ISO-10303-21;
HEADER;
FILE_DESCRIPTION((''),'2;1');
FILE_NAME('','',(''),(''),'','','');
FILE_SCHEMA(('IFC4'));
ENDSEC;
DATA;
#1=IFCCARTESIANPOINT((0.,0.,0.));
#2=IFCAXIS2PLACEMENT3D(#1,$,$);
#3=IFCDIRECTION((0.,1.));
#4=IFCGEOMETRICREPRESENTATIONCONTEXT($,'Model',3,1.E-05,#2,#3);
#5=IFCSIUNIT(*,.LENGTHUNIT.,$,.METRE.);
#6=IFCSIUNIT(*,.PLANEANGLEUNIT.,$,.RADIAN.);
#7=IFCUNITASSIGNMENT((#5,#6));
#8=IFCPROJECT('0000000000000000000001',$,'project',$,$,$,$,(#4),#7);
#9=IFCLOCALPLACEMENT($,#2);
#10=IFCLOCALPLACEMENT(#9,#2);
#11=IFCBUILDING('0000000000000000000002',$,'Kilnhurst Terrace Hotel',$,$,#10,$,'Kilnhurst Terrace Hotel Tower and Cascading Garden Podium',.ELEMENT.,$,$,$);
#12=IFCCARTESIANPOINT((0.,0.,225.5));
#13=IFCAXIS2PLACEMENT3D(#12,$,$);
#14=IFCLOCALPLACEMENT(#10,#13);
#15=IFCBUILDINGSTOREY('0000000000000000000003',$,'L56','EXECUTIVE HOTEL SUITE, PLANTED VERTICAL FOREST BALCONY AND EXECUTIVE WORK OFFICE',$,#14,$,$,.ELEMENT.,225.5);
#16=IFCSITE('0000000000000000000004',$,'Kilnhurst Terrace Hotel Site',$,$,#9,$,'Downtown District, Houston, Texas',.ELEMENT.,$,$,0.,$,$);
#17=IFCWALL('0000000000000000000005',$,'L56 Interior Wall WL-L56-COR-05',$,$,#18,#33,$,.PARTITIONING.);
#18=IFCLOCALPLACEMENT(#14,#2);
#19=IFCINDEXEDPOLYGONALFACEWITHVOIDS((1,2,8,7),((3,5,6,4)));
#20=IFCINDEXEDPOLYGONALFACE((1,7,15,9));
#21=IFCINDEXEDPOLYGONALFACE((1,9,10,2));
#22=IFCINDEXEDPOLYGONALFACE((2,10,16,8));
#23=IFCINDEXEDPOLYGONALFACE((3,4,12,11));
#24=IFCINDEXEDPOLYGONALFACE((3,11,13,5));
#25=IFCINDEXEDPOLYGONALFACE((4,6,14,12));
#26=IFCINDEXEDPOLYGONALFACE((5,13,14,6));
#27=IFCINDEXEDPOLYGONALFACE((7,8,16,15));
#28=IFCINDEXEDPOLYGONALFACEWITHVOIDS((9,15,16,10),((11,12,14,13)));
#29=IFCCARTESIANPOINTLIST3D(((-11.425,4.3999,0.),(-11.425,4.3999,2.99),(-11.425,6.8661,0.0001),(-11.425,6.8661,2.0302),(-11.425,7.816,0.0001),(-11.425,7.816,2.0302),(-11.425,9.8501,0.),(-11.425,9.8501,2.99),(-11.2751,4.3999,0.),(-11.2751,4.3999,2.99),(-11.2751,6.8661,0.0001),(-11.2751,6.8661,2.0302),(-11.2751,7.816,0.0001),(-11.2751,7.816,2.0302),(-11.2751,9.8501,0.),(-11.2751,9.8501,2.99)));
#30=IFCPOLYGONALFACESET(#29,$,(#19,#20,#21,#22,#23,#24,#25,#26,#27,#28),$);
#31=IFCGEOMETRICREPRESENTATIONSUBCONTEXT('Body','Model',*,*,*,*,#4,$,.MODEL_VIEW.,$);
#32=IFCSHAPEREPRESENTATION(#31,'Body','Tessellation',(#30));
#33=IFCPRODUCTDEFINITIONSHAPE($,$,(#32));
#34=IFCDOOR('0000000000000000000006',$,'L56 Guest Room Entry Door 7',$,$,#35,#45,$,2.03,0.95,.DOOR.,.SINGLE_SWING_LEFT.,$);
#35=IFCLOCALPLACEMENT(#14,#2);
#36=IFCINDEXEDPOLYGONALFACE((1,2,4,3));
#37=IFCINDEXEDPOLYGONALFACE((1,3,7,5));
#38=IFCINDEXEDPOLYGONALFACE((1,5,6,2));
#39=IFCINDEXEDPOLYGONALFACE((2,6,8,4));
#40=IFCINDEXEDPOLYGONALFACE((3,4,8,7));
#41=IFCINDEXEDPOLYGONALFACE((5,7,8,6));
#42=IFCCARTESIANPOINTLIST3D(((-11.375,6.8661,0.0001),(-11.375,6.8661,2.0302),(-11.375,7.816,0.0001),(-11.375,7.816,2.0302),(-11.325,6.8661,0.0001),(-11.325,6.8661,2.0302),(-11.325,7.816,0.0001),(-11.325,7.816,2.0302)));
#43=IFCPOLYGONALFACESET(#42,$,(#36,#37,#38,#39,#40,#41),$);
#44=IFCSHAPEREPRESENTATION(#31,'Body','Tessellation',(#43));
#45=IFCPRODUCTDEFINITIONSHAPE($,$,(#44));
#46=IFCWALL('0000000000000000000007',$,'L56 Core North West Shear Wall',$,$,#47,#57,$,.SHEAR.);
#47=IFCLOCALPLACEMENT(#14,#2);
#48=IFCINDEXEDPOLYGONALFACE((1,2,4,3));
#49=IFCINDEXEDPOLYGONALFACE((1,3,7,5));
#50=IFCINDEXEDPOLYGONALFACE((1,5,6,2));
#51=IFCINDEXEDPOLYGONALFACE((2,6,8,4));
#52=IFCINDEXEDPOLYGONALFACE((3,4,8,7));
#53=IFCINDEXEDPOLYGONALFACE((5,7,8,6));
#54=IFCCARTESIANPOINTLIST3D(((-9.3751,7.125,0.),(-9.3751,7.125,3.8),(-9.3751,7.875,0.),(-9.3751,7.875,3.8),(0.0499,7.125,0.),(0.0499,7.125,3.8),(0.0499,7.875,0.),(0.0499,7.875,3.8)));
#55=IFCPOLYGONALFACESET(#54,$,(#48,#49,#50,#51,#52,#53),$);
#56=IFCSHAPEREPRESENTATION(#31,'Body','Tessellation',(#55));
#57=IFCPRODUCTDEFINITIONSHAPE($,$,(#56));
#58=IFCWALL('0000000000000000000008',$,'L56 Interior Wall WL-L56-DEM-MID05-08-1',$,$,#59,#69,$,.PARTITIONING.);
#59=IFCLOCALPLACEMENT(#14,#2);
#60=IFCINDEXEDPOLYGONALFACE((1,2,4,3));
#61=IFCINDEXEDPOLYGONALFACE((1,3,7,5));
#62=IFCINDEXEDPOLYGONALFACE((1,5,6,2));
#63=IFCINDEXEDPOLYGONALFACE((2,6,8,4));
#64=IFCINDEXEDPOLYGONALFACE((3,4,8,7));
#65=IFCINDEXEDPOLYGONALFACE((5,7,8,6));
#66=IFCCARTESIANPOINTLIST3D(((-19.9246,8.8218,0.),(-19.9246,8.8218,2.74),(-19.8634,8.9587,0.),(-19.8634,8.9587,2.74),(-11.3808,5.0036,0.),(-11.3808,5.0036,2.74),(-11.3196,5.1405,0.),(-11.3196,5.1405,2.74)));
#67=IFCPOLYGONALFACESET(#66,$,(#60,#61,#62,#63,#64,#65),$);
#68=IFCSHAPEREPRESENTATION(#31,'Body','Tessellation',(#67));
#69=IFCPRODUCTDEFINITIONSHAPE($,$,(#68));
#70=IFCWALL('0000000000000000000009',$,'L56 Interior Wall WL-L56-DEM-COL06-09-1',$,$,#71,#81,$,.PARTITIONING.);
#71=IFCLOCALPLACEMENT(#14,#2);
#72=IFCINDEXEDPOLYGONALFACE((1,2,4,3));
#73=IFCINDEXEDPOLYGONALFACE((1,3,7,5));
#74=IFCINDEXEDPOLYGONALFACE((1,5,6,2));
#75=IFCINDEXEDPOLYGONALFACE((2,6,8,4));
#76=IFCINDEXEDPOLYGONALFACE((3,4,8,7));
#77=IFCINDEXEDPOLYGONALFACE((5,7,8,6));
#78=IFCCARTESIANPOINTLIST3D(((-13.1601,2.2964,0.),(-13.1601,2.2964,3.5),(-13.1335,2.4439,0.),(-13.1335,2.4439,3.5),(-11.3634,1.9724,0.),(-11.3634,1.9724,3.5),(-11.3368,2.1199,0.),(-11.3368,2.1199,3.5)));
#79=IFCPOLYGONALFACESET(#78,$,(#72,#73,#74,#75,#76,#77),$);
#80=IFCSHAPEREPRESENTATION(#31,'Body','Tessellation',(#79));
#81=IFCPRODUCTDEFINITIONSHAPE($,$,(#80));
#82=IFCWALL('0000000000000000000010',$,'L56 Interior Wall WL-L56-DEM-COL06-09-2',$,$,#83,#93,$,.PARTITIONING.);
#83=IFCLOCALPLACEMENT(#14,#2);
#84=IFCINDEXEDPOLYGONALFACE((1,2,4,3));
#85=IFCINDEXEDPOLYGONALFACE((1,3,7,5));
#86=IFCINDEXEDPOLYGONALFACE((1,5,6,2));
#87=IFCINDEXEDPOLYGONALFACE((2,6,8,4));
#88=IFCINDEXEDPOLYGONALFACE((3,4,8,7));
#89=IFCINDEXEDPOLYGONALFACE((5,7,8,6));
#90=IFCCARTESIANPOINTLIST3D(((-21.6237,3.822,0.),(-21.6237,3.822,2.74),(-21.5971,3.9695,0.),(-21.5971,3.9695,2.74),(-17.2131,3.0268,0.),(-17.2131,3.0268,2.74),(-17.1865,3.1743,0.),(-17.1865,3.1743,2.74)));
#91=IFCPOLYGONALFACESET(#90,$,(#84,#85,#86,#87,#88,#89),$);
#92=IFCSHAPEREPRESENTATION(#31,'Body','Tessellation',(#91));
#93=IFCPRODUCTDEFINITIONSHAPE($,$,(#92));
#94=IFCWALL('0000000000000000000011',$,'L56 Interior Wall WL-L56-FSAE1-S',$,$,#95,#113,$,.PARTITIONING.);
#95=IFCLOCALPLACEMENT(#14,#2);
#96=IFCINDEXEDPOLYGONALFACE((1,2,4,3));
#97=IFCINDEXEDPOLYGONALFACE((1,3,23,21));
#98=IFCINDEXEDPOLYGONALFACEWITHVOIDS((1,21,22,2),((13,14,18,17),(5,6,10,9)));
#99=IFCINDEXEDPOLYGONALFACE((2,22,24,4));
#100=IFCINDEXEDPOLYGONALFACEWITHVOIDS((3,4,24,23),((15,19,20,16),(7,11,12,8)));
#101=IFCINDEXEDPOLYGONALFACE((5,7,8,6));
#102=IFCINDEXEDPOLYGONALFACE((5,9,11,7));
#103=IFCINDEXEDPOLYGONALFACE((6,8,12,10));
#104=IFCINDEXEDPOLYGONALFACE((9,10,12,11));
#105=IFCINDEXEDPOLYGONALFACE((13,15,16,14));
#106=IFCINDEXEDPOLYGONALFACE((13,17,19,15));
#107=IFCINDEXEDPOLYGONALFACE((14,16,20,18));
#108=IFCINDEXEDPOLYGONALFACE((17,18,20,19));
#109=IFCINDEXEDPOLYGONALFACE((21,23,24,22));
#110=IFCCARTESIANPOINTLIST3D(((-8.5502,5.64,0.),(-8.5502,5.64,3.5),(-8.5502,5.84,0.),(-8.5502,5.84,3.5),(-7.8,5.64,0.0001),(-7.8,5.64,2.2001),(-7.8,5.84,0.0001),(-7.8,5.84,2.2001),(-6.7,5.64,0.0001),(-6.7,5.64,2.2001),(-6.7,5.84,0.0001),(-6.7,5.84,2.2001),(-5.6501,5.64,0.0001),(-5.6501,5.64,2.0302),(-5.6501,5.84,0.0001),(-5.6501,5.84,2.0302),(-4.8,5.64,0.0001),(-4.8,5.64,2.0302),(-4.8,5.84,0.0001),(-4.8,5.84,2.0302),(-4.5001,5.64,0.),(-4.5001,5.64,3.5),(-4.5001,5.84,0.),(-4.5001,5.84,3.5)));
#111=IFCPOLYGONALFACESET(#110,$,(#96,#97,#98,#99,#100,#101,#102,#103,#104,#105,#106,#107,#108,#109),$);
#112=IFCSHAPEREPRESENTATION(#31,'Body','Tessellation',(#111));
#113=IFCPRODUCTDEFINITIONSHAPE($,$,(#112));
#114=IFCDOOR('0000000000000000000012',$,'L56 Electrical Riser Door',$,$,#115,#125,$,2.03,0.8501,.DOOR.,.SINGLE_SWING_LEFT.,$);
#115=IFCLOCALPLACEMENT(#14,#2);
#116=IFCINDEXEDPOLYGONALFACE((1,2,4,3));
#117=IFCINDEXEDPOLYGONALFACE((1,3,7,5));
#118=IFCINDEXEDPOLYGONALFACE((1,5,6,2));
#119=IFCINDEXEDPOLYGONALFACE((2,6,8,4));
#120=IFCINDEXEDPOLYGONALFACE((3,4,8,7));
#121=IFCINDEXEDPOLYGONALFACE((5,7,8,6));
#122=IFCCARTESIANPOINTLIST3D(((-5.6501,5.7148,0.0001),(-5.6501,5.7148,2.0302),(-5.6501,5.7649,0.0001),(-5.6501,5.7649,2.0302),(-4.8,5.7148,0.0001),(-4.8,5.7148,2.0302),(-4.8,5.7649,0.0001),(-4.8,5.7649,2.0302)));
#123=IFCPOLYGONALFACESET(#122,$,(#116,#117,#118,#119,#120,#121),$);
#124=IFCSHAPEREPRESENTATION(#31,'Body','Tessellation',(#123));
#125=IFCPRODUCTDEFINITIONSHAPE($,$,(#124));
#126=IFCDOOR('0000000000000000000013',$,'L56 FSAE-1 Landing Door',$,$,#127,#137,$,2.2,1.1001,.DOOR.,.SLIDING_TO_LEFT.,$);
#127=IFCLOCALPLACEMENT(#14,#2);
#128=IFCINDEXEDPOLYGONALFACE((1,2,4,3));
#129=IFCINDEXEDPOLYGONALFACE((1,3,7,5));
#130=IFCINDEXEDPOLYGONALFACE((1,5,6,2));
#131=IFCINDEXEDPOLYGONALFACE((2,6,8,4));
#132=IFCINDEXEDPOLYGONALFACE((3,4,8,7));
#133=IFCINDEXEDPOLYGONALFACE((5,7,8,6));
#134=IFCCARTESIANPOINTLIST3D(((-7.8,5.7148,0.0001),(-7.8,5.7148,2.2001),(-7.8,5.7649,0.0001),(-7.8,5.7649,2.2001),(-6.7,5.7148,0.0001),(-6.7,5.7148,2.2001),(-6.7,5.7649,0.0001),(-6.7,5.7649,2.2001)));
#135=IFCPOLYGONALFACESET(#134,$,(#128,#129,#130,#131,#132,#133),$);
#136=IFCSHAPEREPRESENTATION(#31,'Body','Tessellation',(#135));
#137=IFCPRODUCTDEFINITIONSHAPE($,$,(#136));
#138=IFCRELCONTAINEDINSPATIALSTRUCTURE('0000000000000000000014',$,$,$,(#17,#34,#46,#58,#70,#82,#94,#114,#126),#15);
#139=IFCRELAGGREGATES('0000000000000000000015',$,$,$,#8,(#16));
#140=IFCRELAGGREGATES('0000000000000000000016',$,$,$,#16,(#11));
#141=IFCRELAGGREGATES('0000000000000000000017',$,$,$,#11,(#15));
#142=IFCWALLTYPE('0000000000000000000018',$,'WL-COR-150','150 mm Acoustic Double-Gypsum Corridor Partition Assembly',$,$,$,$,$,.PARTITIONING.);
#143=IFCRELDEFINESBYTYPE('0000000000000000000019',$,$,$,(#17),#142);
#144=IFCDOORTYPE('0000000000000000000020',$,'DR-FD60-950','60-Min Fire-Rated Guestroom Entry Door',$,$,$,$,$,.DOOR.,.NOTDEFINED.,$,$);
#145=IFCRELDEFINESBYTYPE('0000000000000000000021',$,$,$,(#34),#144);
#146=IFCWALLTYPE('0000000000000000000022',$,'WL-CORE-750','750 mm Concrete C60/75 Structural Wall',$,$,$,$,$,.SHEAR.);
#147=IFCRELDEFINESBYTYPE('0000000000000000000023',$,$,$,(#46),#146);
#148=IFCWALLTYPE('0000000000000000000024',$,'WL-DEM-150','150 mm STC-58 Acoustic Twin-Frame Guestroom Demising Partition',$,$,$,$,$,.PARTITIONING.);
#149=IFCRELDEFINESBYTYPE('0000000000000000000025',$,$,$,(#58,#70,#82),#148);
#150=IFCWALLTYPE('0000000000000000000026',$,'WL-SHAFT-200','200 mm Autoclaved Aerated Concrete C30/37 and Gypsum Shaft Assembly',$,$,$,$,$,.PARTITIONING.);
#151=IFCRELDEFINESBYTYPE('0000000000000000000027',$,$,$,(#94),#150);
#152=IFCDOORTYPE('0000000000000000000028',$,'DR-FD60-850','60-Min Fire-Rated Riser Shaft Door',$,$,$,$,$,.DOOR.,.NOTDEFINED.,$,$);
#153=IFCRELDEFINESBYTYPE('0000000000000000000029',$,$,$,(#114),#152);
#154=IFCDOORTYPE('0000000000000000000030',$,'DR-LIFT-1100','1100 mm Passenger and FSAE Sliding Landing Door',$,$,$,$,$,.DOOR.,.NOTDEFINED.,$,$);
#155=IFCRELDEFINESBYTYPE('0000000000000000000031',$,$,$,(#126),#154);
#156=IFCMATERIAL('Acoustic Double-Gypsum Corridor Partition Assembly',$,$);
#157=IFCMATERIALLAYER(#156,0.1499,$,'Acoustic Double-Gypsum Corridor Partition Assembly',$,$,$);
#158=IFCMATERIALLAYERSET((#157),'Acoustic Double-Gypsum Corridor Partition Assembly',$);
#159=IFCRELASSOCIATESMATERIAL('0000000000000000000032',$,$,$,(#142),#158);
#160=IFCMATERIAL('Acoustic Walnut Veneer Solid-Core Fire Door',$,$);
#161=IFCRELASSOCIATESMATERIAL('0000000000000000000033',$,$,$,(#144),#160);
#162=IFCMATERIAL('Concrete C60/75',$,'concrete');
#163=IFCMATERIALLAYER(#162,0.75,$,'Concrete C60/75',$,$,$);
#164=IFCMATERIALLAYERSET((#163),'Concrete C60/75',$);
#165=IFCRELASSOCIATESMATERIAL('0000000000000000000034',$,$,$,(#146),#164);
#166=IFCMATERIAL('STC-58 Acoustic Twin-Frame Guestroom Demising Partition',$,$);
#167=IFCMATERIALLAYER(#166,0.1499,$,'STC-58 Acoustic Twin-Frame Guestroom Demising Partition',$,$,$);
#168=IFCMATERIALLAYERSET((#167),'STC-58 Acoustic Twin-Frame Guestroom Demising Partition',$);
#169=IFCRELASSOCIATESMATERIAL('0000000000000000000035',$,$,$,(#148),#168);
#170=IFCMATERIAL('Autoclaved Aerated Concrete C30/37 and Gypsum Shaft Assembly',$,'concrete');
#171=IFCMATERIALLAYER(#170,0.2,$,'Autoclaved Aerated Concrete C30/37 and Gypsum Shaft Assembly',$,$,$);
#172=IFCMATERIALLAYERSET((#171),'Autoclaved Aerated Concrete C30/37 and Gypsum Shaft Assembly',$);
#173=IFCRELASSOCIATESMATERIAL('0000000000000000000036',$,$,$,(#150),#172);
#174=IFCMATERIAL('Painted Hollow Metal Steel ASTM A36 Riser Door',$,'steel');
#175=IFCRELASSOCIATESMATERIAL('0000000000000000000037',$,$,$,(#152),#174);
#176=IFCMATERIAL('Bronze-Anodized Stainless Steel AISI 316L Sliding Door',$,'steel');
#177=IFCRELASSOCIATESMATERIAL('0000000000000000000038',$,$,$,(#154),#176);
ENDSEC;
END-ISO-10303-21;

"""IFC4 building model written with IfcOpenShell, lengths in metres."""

from ifc_helpers import new_model, si_unit, direction, frame, frame_2d, origin, place, context, subcontext, project, spatial, rectangle, extrude, material, layer, layer_set, type_object, element, fill, save


model = new_model("IFC4")

# Units and contexts
model_context = context("Model", 3, precision=1e-05, world=origin(), true_north=direction((0.0, 1.0)))
body_context = subcontext(model_context, "Body", "Model", "MODEL_VIEW")
ifc_project = project(units=[si_unit("LENGTHUNIT", "METRE"), si_unit("PLANEANGLEUNIT", "RADIAN")], contexts=[model_context])

# Site, building, storey
site_placement = place(None, origin())
site = spatial("IfcSite", under=ifc_project, at=site_placement, Name="Kilnhurst Terrace Hotel Site", LongName="Downtown District, Houston, Texas", CompositionType="ELEMENT", RefElevation=0.0)
building_placement = place(site_placement, origin())
building = spatial("IfcBuilding", under=site, at=building_placement, Name="Kilnhurst Terrace Hotel", LongName="Kilnhurst Terrace Hotel Tower and Cascading Garden Podium", CompositionType="ELEMENT")
storey_placement = place(building_placement, frame((0.0, 0.0, 225.5)))
storey = spatial("IfcBuildingStorey", under=building, at=storey_placement, Name="L56", Description="EXECUTIVE HOTEL SUITE, PLANTED VERTICAL FOREST BALCONY AND EXECUTIVE WORK OFFICE", CompositionType="ELEMENT", Elevation=225.5)

# Shared definitions
ifc_material_1 = material(Name="Concrete C60/75", Category="concrete")

# Shared definitions
ifc_material_2 = material(Name="Acoustic Double-Gypsum Corridor Partition Assembly")
ifc_layer_1 = layer(ifc_material_2, 0.1499, Name="Acoustic Double-Gypsum Corridor Partition Assembly")
ifc_layer_set_1 = layer_set([ifc_layer_1], Name="Acoustic Double-Gypsum Corridor Partition Assembly")
wall_type_1 = type_object("IfcWallType", Name="WL-COR-150", Description="150 mm Acoustic Double-Gypsum Corridor Partition Assembly", PredefinedType="PARTITIONING", material=ifc_layer_set_1)

# Wall, opening, door
wall_1_placement = place(storey_placement, frame((-11.3501, 4.3999, 0.0), z_axis=(0.0, 0.0, 1.0), x_axis=(0.0, 1.0, 0.0)))
wall_1 = element("IfcWall", 1, at=wall_1_placement, inside=storey, type_object=wall_type_1, Name="L56 Interior Wall WL-L56-COR-05", PredefinedType="PARTITIONING", context=body_context, shape_type="SweptSolid", body=[
    extrude(rectangle(XDim=5.4502, YDim=0.1499, at=frame_2d((2.7251, 0.0))), origin(), (0.0, 0.0, 1.0), 2.99),
])
opening_1_placement = place(wall_1_placement, frame((2.4661, 0.0, 0.0)))
opening_1 = element("IfcOpeningElement", 2, at=opening_1_placement, cuts=wall_1, PredefinedType="OPENING", context=body_context, shape_type="SweptSolid", body=[
    extrude(rectangle(XDim=0.95, YDim=2.03, at=frame_2d((0.4751, 1.0151))), frame((0.0, 0.085, 0.0), z_axis=(0.0, -1.0, 0.0), x_axis=(1.0, 0.0, 0.0)), (0.0, 0.0, 1.0), 0.1699),
])
ifc_material_3 = material(Name="Acoustic Walnut Veneer Solid-Core Fire Door")
door_type_1 = type_object("IfcDoorType", Name="DR-FD60-950", Description="60-Min Fire-Rated Guestroom Entry Door", OperationType="NOTDEFINED", PredefinedType="DOOR", material=ifc_material_3)
door_1_placement = place(opening_1_placement, origin())
door_1 = element("IfcDoor", 3, at=door_1_placement, inside=storey, type_object=door_type_1, Name="L56 Guest Room Entry Door 7", OperationType="SINGLE_SWING_LEFT", OverallHeight=2.03, OverallWidth=0.95, PredefinedType="DOOR", context=body_context, shape_type="SweptSolid", body=[
    extrude(rectangle(XDim=0.95, YDim=2.03, at=frame_2d((0.4751, 1.0151))), frame((0.0, 0.0249, 0.0), z_axis=(0.0, -1.0, 0.0), x_axis=(1.0, 0.0, 0.0)), (0.0, 0.0, 1.0), 0.05),
])
fill(opening_1, door_1)

# Walls
ifc_layer_2 = layer(ifc_material_1, 0.75, Name="Concrete C60/75")
ifc_layer_set_2 = layer_set([ifc_layer_2], Name="Concrete C60/75")
wall_type_2 = type_object("IfcWallType", Name="WL-CORE-750", Description="750 mm Concrete C60/75 Structural Wall", PredefinedType="SHEAR", material=ifc_layer_set_2)
wall_2_placement = place(storey_placement, frame((-9.375, 7.5, 0.0), z_axis=(0.0, 0.0, 1.0), x_axis=(1.0, 0.0, 0.0)))
element("IfcWall", 4, at=wall_2_placement, inside=storey, type_object=wall_type_2, Name="L56 Core North West Shear Wall", PredefinedType="SHEAR", context=body_context, shape_type="SweptSolid", body=[
    extrude(rectangle(XDim=9.425, YDim=0.75, at=frame_2d((4.7124, 0.0))), origin(), (0.0, 0.0, 1.0), 3.8),
])
ifc_material_4 = material(Name="STC-58 Acoustic Twin-Frame Guestroom Demising Partition")
ifc_layer_3 = layer(ifc_material_4, 0.1499, Name="STC-58 Acoustic Twin-Frame Guestroom Demising Partition")
ifc_layer_set_3 = layer_set([ifc_layer_3], Name="STC-58 Acoustic Twin-Frame Guestroom Demising Partition")
wall_type_3 = type_object("IfcWallType", Name="WL-DEM-150", Description="150 mm STC-58 Acoustic Twin-Frame Guestroom Demising Partition", PredefinedType="PARTITIONING", material=ifc_layer_set_3)
wall_3_placement = place(storey_placement, frame((-11.3501, 5.072, 0.0), z_axis=(0.0, 0.0, 1.0), x_axis=(-0.91298, 0.408004, 0.0)))
element("IfcWall", 5, at=wall_3_placement, inside=storey, type_object=wall_type_3, Name="L56 Interior Wall WL-L56-DEM-MID05-08-1", PredefinedType="PARTITIONING", context=body_context, shape_type="SweptSolid", body=[
    extrude(rectangle(XDim=9.3582, YDim=0.1499, at=frame_2d((4.6792, 0.0))), origin(), (0.0, 0.0, 1.0), 2.74),
])
wall_4_placement = place(storey_placement, frame((-11.3501, 2.0461, 0.0), z_axis=(0.0, 0.0, 1.0), x_axis=(-0.984128, 0.177461, 0.0)))
element("IfcWall", 6, at=wall_4_placement, inside=storey, type_object=wall_type_3, Name="L56 Interior Wall WL-L56-DEM-COL06-09-1", PredefinedType="PARTITIONING", context=body_context, shape_type="SweptSolid", body=[
    extrude(rectangle(XDim=1.8257, YDim=0.1499, at=frame_2d((0.9128, 0.0))), origin(), (0.0, 0.0, 1.0), 3.5),
])
wall_5_placement = place(storey_placement, frame((-17.2, 3.1006, 0.0), z_axis=(0.0, 0.0, 1.0), x_axis=(-0.984135, 0.177423, 0.0)))
element("IfcWall", 7, at=wall_5_placement, inside=storey, type_object=wall_type_3, Name="L56 Interior Wall WL-L56-DEM-COL06-09-2", PredefinedType="PARTITIONING", context=body_context, shape_type="SweptSolid", body=[
    extrude(rectangle(XDim=4.4817, YDim=0.1499, at=frame_2d((2.2407, 0.0))), origin(), (0.0, 0.0, 1.0), 2.74),
])

# Wall, openings, doors
ifc_material_5 = material(Name="Autoclaved Aerated Concrete C30/37 and Gypsum Shaft Assembly", Category="concrete")
ifc_layer_4 = layer(ifc_material_5, 0.2, Name="Autoclaved Aerated Concrete C30/37 and Gypsum Shaft Assembly")
ifc_layer_set_4 = layer_set([ifc_layer_4], Name="Autoclaved Aerated Concrete C30/37 and Gypsum Shaft Assembly")
wall_type_4 = type_object("IfcWallType", Name="WL-SHAFT-200", Description="200 mm Autoclaved Aerated Concrete C30/37 and Gypsum Shaft Assembly", PredefinedType="PARTITIONING", material=ifc_layer_set_4)
wall_6_placement = place(storey_placement, frame((-8.55, 5.74, 0.0), z_axis=(0.0, 0.0, 1.0), x_axis=(1.0, 0.0, 0.0)))
wall_6 = element("IfcWall", 8, at=wall_6_placement, inside=storey, type_object=wall_type_4, Name="L56 Interior Wall WL-L56-FSAE1-S", PredefinedType="PARTITIONING", context=body_context, shape_type="SweptSolid", body=[
    extrude(rectangle(XDim=4.05, YDim=0.2, at=frame_2d((2.0249, 0.0))), origin(), (0.0, 0.0, 1.0), 3.5),
])
opening_2_placement = place(wall_6_placement, frame((0.75, 0.0, 0.0)))
opening_2 = element("IfcOpeningElement", 9, at=opening_2_placement, cuts=wall_6, PredefinedType="OPENING", context=body_context, shape_type="SweptSolid", body=[
    extrude(rectangle(XDim=1.1001, YDim=2.2, at=frame_2d((0.55, 1.1001))), frame((0.0, 0.1099, 0.0), z_axis=(0.0, -1.0, 0.0), x_axis=(1.0, 0.0, 0.0)), (0.0, 0.0, 1.0), 0.22),
])
opening_3_placement = place(wall_6_placement, frame((2.8999, 0.0, 0.0)))
opening_3 = element("IfcOpeningElement", 10, at=opening_3_placement, cuts=wall_6, PredefinedType="OPENING", context=body_context, shape_type="SweptSolid", body=[
    extrude(rectangle(XDim=0.8501, YDim=2.03, at=frame_2d((0.425, 1.0151))), frame((0.0, 0.1099, 0.0), z_axis=(0.0, -1.0, 0.0), x_axis=(1.0, 0.0, 0.0)), (0.0, 0.0, 1.0), 0.22),
])
ifc_material_6 = material(Name="Painted Hollow Metal Steel ASTM A36 Riser Door", Category="steel")
door_type_2 = type_object("IfcDoorType", Name="DR-FD60-850", Description="60-Min Fire-Rated Riser Shaft Door", OperationType="NOTDEFINED", PredefinedType="DOOR", material=ifc_material_6)
door_2_placement = place(opening_3_placement, origin())
door_2 = element("IfcDoor", 11, at=door_2_placement, inside=storey, type_object=door_type_2, Name="L56 Electrical Riser Door", OperationType="SINGLE_SWING_LEFT", OverallHeight=2.03, OverallWidth=0.8501, PredefinedType="DOOR", context=body_context, shape_type="SweptSolid", body=[
    extrude(rectangle(XDim=0.8501, YDim=2.03, at=frame_2d((0.425, 1.0151))), frame((0.0, 0.0249, 0.0), z_axis=(0.0, -1.0, 0.0), x_axis=(1.0, 0.0, 0.0)), (0.0, 0.0, 1.0), 0.05),
])
fill(opening_3, door_2)
ifc_material_7 = material(Name="Bronze-Anodized Stainless Steel AISI 316L Sliding Door", Category="steel")
door_type_3 = type_object("IfcDoorType", Name="DR-LIFT-1100", Description="1100 mm Passenger and FSAE Sliding Landing Door", OperationType="NOTDEFINED", PredefinedType="DOOR", material=ifc_material_7)
door_3_placement = place(opening_2_placement, origin())
door_3 = element("IfcDoor", 12, at=door_3_placement, inside=storey, type_object=door_type_3, Name="L56 FSAE-1 Landing Door", OperationType="SLIDING_TO_LEFT", OverallHeight=2.2, OverallWidth=1.1001, PredefinedType="DOOR", context=body_context, shape_type="SweptSolid", body=[
    extrude(rectangle(XDim=1.1001, YDim=2.2, at=frame_2d((0.55, 1.1001))), frame((0.0, 0.0249, 0.0), z_axis=(0.0, -1.0, 0.0), x_axis=(1.0, 0.0, 0.0)), (0.0, 0.0, 1.0), 0.05),
])
fill(opening_2, door_3)

save(model, "model.ifc")
